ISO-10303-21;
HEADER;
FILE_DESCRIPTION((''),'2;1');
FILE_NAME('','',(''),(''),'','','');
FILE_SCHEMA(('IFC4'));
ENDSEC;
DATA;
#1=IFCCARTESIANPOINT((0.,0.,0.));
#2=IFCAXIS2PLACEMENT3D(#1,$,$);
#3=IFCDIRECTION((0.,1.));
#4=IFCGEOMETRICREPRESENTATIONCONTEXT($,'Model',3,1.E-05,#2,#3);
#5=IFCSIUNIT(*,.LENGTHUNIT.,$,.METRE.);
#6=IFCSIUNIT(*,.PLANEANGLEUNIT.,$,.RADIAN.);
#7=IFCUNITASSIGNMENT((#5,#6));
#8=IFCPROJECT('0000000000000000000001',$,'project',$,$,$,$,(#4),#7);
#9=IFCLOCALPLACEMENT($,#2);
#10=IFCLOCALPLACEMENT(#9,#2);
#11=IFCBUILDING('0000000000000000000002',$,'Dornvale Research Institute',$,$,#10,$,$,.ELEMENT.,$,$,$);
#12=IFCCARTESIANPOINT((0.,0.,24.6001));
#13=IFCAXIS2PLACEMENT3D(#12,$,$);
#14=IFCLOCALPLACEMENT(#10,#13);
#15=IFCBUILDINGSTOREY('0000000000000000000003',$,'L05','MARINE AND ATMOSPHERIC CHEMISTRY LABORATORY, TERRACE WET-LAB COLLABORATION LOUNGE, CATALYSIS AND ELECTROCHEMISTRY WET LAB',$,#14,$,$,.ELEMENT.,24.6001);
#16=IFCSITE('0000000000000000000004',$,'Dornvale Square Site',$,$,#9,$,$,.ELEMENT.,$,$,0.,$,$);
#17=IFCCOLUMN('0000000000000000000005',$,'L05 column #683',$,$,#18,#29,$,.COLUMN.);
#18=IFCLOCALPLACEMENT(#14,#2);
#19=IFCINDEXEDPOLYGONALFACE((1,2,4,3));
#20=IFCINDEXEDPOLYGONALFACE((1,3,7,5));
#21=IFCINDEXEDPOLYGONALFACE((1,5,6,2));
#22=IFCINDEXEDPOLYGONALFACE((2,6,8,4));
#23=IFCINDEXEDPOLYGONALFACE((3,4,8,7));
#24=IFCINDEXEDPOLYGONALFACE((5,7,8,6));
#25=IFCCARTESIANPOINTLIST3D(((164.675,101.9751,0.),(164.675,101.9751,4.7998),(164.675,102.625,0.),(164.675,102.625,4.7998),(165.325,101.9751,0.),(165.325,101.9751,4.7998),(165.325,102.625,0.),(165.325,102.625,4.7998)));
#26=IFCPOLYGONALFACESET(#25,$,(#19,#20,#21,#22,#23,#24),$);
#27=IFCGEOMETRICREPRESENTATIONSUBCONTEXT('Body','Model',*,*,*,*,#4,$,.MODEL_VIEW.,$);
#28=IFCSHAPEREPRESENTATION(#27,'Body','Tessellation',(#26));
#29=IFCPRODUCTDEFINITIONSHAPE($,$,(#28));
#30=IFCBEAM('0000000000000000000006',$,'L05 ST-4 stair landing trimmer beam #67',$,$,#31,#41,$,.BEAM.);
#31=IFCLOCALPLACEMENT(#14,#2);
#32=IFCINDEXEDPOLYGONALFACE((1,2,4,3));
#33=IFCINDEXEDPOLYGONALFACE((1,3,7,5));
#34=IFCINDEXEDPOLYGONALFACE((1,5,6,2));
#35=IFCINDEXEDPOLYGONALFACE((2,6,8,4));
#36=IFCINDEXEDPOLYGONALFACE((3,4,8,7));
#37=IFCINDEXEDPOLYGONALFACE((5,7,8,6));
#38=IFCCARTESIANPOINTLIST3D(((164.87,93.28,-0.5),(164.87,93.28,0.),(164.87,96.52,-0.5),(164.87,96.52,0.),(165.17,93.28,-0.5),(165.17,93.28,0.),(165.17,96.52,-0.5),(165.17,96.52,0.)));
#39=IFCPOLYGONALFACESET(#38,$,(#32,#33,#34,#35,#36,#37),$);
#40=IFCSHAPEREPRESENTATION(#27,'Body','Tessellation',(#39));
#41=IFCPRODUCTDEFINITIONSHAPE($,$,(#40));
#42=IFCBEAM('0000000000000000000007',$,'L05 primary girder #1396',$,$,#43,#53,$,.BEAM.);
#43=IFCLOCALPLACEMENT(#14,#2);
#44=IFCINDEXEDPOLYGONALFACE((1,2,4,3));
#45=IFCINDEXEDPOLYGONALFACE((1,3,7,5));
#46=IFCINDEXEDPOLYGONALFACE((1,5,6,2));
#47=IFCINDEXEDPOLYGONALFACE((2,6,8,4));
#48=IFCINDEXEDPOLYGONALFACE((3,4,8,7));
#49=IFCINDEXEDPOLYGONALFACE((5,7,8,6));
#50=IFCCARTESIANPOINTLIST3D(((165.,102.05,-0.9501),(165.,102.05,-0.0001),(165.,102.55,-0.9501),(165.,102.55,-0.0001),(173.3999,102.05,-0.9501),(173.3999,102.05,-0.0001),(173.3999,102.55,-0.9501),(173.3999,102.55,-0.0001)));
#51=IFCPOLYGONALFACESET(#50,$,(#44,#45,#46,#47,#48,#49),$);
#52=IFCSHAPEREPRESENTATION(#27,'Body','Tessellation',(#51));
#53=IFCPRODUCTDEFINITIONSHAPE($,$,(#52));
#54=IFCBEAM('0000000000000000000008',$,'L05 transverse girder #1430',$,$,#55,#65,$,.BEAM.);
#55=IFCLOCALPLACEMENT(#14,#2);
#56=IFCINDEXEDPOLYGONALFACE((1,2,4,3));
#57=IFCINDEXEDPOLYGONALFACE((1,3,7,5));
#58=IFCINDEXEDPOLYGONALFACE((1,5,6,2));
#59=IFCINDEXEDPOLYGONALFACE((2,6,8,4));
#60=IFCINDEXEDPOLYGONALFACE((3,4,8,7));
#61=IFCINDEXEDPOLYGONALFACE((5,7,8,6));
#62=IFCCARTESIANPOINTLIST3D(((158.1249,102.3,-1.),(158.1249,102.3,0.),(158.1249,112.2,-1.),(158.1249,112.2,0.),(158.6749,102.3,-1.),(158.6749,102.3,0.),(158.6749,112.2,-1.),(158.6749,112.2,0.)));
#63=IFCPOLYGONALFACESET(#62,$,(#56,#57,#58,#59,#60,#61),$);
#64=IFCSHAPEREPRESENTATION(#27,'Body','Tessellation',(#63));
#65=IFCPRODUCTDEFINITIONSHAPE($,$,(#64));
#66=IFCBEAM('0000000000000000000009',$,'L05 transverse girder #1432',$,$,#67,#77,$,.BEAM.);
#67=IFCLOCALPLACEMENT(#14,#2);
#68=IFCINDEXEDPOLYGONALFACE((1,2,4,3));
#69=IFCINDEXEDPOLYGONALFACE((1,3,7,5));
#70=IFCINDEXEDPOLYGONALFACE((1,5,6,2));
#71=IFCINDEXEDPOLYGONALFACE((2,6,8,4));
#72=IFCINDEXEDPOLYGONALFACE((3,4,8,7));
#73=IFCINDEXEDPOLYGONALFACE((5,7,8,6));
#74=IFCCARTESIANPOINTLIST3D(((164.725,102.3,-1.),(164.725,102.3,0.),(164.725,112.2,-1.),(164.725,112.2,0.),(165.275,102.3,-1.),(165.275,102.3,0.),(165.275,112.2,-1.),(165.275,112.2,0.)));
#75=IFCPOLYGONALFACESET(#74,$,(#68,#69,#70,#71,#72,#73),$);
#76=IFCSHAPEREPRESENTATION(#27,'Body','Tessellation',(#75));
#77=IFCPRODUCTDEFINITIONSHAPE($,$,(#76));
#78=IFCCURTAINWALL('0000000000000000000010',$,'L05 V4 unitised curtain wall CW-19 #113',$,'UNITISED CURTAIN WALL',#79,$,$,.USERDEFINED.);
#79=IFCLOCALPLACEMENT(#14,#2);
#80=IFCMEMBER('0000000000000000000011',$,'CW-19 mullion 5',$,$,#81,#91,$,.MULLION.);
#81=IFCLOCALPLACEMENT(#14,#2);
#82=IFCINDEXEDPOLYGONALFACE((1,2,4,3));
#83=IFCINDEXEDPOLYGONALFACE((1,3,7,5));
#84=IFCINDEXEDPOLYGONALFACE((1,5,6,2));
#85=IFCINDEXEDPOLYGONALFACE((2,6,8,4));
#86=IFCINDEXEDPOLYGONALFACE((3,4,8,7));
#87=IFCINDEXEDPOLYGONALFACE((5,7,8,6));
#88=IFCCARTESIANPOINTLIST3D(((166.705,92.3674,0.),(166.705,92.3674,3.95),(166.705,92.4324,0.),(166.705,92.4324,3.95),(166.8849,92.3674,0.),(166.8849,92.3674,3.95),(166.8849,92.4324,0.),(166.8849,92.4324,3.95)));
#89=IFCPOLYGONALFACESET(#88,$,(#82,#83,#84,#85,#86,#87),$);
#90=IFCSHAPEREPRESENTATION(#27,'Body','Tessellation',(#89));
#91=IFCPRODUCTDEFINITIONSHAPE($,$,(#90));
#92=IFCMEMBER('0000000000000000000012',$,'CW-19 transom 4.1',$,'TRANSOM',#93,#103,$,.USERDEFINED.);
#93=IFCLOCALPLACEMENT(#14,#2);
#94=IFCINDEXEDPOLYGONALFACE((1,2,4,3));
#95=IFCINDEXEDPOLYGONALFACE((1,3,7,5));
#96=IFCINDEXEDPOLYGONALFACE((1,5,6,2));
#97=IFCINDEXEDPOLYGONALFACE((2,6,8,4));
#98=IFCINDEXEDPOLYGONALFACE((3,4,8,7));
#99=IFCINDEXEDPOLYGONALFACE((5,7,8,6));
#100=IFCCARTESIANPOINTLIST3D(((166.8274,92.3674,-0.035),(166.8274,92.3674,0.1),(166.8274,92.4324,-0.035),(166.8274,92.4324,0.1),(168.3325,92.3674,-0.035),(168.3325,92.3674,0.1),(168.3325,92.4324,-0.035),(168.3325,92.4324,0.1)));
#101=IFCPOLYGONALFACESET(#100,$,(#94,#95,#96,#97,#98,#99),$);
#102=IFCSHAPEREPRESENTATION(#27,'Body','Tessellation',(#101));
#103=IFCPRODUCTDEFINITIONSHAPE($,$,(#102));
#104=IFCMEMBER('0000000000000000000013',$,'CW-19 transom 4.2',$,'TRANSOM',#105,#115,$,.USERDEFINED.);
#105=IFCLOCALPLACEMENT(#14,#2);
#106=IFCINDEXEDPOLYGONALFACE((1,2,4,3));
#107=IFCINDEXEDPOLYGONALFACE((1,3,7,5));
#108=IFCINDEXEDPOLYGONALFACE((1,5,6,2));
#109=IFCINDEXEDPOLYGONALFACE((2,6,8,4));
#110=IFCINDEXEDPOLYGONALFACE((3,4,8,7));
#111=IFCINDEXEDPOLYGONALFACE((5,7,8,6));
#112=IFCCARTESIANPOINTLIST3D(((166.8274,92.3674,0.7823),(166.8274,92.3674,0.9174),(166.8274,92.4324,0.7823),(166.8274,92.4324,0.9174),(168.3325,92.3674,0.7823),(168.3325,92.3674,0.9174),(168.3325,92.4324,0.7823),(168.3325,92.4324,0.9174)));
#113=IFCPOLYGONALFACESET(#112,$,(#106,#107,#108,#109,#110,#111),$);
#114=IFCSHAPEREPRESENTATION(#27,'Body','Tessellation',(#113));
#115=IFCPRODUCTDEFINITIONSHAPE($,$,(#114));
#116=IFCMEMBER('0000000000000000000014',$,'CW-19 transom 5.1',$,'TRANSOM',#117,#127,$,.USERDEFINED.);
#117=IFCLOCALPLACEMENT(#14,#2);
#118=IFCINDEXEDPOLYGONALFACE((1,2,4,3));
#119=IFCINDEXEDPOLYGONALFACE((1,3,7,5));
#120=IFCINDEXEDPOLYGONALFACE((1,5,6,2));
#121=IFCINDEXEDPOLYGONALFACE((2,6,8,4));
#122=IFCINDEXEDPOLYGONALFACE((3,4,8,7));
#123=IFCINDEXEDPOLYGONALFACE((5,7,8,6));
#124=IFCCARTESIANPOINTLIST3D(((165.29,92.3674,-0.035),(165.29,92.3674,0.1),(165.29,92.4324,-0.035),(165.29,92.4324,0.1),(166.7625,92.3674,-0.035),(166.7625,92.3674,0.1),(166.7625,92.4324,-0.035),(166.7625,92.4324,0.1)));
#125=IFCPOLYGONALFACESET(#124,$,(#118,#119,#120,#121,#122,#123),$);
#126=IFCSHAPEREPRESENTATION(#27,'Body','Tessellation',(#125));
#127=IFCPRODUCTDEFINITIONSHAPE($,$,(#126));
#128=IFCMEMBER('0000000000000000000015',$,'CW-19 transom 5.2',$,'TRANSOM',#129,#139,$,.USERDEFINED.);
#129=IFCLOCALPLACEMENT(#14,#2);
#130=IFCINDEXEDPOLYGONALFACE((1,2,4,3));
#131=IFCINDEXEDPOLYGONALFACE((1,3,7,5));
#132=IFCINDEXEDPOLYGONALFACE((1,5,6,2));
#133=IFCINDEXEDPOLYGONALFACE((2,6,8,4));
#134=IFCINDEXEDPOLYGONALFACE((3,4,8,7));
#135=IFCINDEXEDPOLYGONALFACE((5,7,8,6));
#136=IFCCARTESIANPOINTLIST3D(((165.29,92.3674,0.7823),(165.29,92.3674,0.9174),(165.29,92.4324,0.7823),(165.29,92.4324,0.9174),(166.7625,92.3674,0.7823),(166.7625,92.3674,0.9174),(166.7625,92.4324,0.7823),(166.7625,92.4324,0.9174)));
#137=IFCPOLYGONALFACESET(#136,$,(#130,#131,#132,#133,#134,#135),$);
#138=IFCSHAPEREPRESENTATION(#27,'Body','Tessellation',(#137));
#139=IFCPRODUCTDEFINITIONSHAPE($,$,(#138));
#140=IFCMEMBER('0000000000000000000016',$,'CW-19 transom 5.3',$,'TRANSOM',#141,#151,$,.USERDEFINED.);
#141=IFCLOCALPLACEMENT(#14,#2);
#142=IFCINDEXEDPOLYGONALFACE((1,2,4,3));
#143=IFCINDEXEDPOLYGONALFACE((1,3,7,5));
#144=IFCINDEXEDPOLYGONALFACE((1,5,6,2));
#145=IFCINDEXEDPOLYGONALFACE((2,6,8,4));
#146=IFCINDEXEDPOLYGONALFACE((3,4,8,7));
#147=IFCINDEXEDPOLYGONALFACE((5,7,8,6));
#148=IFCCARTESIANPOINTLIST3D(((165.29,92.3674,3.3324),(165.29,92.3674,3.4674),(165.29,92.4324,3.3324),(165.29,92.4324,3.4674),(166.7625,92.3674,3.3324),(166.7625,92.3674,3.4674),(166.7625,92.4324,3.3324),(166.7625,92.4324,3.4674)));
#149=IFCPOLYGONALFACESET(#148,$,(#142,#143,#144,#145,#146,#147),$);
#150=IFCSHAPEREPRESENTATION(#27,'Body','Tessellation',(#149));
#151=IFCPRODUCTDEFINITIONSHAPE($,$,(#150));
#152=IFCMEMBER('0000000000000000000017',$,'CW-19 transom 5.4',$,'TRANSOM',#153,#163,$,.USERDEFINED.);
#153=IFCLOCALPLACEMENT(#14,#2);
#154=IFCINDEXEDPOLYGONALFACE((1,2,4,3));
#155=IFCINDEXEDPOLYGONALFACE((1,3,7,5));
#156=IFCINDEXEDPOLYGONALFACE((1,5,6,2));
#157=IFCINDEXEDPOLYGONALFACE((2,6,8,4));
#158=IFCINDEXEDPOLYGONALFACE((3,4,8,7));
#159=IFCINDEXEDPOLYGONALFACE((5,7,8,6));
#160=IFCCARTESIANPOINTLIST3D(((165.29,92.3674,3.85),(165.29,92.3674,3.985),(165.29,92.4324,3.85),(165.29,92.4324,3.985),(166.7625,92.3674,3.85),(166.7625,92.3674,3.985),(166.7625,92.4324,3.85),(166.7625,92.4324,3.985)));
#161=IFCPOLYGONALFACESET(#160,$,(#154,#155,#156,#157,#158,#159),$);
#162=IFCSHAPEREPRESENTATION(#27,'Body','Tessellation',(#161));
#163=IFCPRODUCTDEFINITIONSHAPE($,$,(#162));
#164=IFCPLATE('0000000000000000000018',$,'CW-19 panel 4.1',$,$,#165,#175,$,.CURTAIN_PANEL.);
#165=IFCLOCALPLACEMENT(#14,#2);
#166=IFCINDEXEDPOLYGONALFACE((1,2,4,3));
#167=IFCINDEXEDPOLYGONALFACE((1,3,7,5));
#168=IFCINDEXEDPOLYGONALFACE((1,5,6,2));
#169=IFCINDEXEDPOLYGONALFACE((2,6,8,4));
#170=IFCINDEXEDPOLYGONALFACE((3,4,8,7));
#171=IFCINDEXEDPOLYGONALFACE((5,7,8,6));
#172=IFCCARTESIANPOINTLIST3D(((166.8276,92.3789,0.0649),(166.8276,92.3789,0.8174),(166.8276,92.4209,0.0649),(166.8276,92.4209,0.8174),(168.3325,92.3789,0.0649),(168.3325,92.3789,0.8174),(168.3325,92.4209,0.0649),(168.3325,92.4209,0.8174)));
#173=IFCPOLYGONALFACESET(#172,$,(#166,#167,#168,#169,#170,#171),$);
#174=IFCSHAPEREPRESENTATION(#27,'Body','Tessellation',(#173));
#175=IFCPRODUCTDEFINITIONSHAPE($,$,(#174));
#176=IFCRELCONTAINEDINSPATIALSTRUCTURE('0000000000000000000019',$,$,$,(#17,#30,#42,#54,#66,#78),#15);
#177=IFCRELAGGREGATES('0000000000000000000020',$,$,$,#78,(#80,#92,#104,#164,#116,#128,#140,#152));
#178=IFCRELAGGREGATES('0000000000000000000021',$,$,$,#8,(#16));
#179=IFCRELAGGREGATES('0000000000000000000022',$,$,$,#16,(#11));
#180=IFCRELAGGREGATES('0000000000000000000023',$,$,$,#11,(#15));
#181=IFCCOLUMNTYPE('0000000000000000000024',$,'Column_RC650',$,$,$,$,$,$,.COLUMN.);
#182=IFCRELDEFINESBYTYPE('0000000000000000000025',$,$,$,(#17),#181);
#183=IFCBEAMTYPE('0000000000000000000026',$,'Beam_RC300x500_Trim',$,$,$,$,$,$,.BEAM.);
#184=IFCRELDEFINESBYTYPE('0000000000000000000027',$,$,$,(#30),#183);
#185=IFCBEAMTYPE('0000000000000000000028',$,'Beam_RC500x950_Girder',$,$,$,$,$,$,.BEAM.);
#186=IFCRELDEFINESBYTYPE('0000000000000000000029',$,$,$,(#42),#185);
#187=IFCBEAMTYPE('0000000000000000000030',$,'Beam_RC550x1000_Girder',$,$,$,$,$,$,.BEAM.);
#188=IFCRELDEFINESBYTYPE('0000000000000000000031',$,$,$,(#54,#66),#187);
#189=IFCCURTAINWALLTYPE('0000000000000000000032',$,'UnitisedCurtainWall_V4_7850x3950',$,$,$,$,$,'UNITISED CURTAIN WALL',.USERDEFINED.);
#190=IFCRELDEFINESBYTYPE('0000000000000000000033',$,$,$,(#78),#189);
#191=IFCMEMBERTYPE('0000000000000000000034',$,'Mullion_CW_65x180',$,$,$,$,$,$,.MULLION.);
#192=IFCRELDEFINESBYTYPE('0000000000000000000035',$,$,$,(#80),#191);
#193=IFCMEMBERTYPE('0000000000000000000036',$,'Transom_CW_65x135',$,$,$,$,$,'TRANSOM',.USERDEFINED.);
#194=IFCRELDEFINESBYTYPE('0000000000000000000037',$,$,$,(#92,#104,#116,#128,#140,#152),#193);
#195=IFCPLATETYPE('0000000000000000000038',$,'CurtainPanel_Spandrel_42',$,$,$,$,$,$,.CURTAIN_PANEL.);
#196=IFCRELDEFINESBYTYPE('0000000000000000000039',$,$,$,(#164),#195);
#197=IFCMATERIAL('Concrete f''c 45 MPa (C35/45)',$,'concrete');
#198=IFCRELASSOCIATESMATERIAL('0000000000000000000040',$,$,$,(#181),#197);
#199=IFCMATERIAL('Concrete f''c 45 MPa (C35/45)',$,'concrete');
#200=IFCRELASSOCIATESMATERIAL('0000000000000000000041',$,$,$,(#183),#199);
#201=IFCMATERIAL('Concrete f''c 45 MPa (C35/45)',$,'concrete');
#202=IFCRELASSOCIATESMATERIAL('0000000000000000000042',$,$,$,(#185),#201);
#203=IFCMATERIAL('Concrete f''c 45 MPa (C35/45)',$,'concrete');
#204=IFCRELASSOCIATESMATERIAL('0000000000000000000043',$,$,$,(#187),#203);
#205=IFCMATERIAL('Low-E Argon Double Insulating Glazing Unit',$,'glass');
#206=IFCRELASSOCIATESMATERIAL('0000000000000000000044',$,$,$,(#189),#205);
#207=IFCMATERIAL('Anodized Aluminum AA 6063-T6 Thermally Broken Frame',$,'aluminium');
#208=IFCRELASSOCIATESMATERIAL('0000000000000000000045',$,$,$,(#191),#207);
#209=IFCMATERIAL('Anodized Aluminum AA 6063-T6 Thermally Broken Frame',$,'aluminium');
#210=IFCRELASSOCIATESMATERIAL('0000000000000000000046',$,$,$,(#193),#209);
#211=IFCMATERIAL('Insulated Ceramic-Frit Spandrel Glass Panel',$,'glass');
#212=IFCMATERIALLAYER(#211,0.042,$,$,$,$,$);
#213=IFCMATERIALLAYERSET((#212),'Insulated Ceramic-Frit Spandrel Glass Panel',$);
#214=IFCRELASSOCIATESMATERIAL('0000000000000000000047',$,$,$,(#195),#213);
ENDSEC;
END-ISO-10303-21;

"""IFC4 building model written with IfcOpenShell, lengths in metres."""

from ifc_helpers import new_model, si_unit, direction, frame, origin, origin_2d, place, context, subcontext, project, spatial, rectangle, extrude, material, layer, layer_set, material_profile, profile_set, type_object, element, aggregate, save


model = new_model("IFC4")

# Units and contexts
model_context = context("Model", 3, precision=1e-05, world=origin(), true_north=direction((0.0, 1.0)))
body_context = subcontext(model_context, "Body", "Model", "MODEL_VIEW")
ifc_project = project(units=[si_unit("LENGTHUNIT", "METRE"), si_unit("PLANEANGLEUNIT", "RADIAN")], contexts=[model_context])

# Site, building, storey
site_placement = place(None, origin())
site = spatial("IfcSite", under=ifc_project, at=site_placement, Name="Dornvale Square Site", CompositionType="ELEMENT", RefElevation=0.0)
building_placement = place(site_placement, origin())
building = spatial("IfcBuilding", under=site, at=building_placement, Name="Dornvale Research Institute", CompositionType="ELEMENT")
storey_placement = place(building_placement, frame((0.0, 0.0, 24.6001)))
storey = spatial("IfcBuildingStorey", under=building, at=storey_placement, Name="L05", Description="MARINE AND ATMOSPHERIC CHEMISTRY LABORATORY, TERRACE WET-LAB COLLABORATION LOUNGE, CATALYSIS AND ELECTROCHEMISTRY WET LAB", CompositionType="ELEMENT", Elevation=24.6001)

# Column
ifc_material_1 = material(Name="Concrete f'c 45 MPa (C35/45)", Category="concrete")
ifc_material_profile_1 = material_profile(ifc_material_1, rectangle(XDim=0.6499, YDim=0.6499, at=origin_2d()), Name="RC 650x650")
ifc_profile_set_1 = profile_set([ifc_material_profile_1], Name="Concrete f'c 45 MPa (C35/45)")
column_type = type_object("IfcColumnType", Name="Column_RC650", PredefinedType="COLUMN", material=ifc_profile_set_1)
column_placement = place(storey_placement, frame((165.0, 102.3, 0.0), z_axis=(0.0, 0.0, 1.0), x_axis=(1.0, 0.0, 0.0)))
element("IfcColumn", 1, at=column_placement, inside=storey, type_object=column_type, Name="L05 column #683", PredefinedType="COLUMN", context=body_context, shape_type="SweptSolid", body=[
    extrude(rectangle(XDim=0.6499, YDim=0.6499, at=origin_2d()), origin(), (0.0, 0.0, 1.0), 4.7998),
])

# Beams
ifc_material_2 = material(Name="Concrete f'c 45 MPa (C35/45)", Category="concrete")
ifc_material_profile_2 = material_profile(ifc_material_2, rectangle(XDim=0.3, YDim=0.5, at=origin_2d()), Name="RC 300x500")
ifc_profile_set_2 = profile_set([ifc_material_profile_2], Name="Concrete f'c 45 MPa (C35/45)")
beam_type_1 = type_object("IfcBeamType", Name="Beam_RC300x500_Trim", PredefinedType="BEAM", material=ifc_profile_set_2)
beam_1_placement = place(storey_placement, frame((165.02, 93.28, -0.25), z_axis=(0.0, 1.0, 0.0), x_axis=(-1.0, 0.0, 0.0)))
element("IfcBeam", 2, at=beam_1_placement, inside=storey, type_object=beam_type_1, Name="L05 ST-4 stair landing trimmer beam #67", PredefinedType="BEAM", context=body_context, shape_type="SweptSolid", body=[
    extrude(rectangle(XDim=0.3, YDim=0.5, at=origin_2d()), origin(), (0.0, 0.0, 1.0), 3.24),
])
ifc_material_3 = material(Name="Concrete f'c 45 MPa (C35/45)", Category="concrete")
ifc_material_profile_3 = material_profile(ifc_material_3, rectangle(XDim=0.5, YDim=0.95, at=origin_2d()), Name="RC 500x950")
ifc_profile_set_3 = profile_set([ifc_material_profile_3], Name="Concrete f'c 45 MPa (C35/45)")
beam_type_2 = type_object("IfcBeamType", Name="Beam_RC500x950_Girder", PredefinedType="BEAM", material=ifc_profile_set_3)
beam_2_placement = place(storey_placement, frame((165.0, 102.3, -0.4751), z_axis=(1.0, 0.0, 0.0), x_axis=(0.0, 1.0, 0.0)))
element("IfcBeam", 3, at=beam_2_placement, inside=storey, type_object=beam_type_2, Name="L05 primary girder #1396", PredefinedType="BEAM", context=body_context, shape_type="SweptSolid", body=[
    extrude(rectangle(XDim=0.5, YDim=0.95, at=origin_2d()), origin(), (0.0, 0.0, 1.0), 8.3999),
])
ifc_material_4 = material(Name="Concrete f'c 45 MPa (C35/45)", Category="concrete")
ifc_material_profile_4 = material_profile(ifc_material_4, rectangle(XDim=0.55, YDim=1.0, at=origin_2d()), Name="RC 550x1000")
ifc_profile_set_4 = profile_set([ifc_material_profile_4], Name="Concrete f'c 45 MPa (C35/45)")
beam_type_3 = type_object("IfcBeamType", Name="Beam_RC550x1000_Girder", PredefinedType="BEAM", material=ifc_profile_set_4)
for number, where, z_axis, x_axis, name in (
    (4, (158.3999, 102.3, -0.5), (0.0, 1.0, 0.0), (-1.0, 0.0, 0.0), "L05 transverse girder #1430"),
    (5, (165.0, 102.3, -0.5), (0.0, 1.0, 0.0), (-1.0, 0.0, 0.0), "L05 transverse girder #1432"),
):
    element("IfcBeam", number, at=place(storey_placement, frame(where, z_axis=z_axis, x_axis=x_axis)), inside=storey, type_object=beam_type_3, Name=name, PredefinedType="BEAM", context=body_context, shape_type="SweptSolid", body=[
        extrude(rectangle(XDim=0.55, YDim=1.0, at=origin_2d()), origin(), (0.0, 0.0, 1.0), 9.8999),
    ])

# Curtain wall, members, plate
ifc_material_5 = material(Name="Low-E Argon Double Insulating Glazing Unit", Category="glass")
curtain_wall_type = type_object("IfcCurtainWallType", Name="UnitisedCurtainWall_V4_7850x3950", ElementType="UNITISED CURTAIN WALL", PredefinedType="USERDEFINED", material=ifc_material_5)
curtain_wall_placement = place(storey_placement, origin())
curtain_wall = element("IfcCurtainWall", 6, at=curtain_wall_placement, inside=storey, type_object=curtain_wall_type, Name="L05 V4 unitised curtain wall CW-19 #113", ObjectType="UNITISED CURTAIN WALL", PredefinedType="USERDEFINED")
ifc_material_6 = material(Name="Anodized Aluminum AA 6063-T6 Thermally Broken Frame", Category="aluminium")
ifc_material_profile_5 = material_profile(ifc_material_6, rectangle(XDim=0.0649, YDim=0.1799, at=origin_2d()), Name="ALU MULLION 65x180")
ifc_profile_set_5 = profile_set([ifc_material_profile_5], Name="Anodized Aluminum AA 6063-T6 Thermally Broken Frame")
member_type_1 = type_object("IfcMemberType", Name="Mullion_CW_65x180", PredefinedType="MULLION", material=ifc_profile_set_5)
member_1_placement = place(storey_placement, frame((166.7949, 92.3999, 0.0), z_axis=(0.0, 0.0, 1.0), x_axis=(0.0, -1.0, 0.0)))
member_1 = element("IfcMember", 7, at=member_1_placement, type_object=member_type_1, Name="CW-19 mullion 5", PredefinedType="MULLION", context=body_context, shape_type="SweptSolid", body=[
    extrude(rectangle(XDim=0.0649, YDim=0.1799, at=origin_2d()), origin(), (0.0, 0.0, 1.0), 3.95),
])
ifc_material_7 = material(Name="Anodized Aluminum AA 6063-T6 Thermally Broken Frame", Category="aluminium")
ifc_material_profile_6 = material_profile(ifc_material_7, rectangle(XDim=0.0649, YDim=0.135, at=origin_2d()), Name="ALU TRANSOM 65x135")
ifc_profile_set_6 = profile_set([ifc_material_profile_6], Name="Anodized Aluminum AA 6063-T6 Thermally Broken Frame")
member_type_2 = type_object("IfcMemberType", Name="Transom_CW_65x135", ElementType="TRANSOM", PredefinedType="USERDEFINED", material=ifc_profile_set_6)
member_2_placement = place(storey_placement, frame((168.3325, 92.3999, 0.0325), z_axis=(-1.0, 0.0, 0.0), x_axis=(0.0, -1.0, 0.0)))
member_2 = element("IfcMember", 8, at=member_2_placement, type_object=member_type_2, Name="CW-19 transom 4.1", ObjectType="TRANSOM", PredefinedType="USERDEFINED", context=body_context, shape_type="SweptSolid", body=[
    extrude(rectangle(XDim=0.0649, YDim=0.135, at=origin_2d()), origin(), (0.0, 0.0, 1.0), 1.5051),
])
member_3_placement = place(storey_placement, frame((168.3325, 92.3999, 0.8499), z_axis=(-1.0, 0.0, 0.0), x_axis=(0.0, -1.0, 0.0)))
member_3 = element("IfcMember", 9, at=member_3_placement, type_object=member_type_2, Name="CW-19 transom 4.2", ObjectType="TRANSOM", PredefinedType="USERDEFINED", context=body_context, shape_type="SweptSolid", body=[
    extrude(rectangle(XDim=0.0649, YDim=0.135, at=origin_2d()), origin(), (0.0, 0.0, 1.0), 1.5051),
])
member_4_placement = place(storey_placement, frame((166.7625, 92.3999, 0.0325), z_axis=(-1.0, 0.0, 0.0), x_axis=(0.0, -1.0, 0.0)))
member_4 = element("IfcMember", 10, at=member_4_placement, type_object=member_type_2, Name="CW-19 transom 5.1", ObjectType="TRANSOM", PredefinedType="USERDEFINED", context=body_context, shape_type="SweptSolid", body=[
    extrude(rectangle(XDim=0.0649, YDim=0.135, at=origin_2d()), origin(), (0.0, 0.0, 1.0), 1.4724),
])
member_5_placement = place(storey_placement, frame((166.7625, 92.3999, 0.8499), z_axis=(-1.0, 0.0, 0.0), x_axis=(0.0, -1.0, 0.0)))
member_5 = element("IfcMember", 11, at=member_5_placement, type_object=member_type_2, Name="CW-19 transom 5.2", ObjectType="TRANSOM", PredefinedType="USERDEFINED", context=body_context, shape_type="SweptSolid", body=[
    extrude(rectangle(XDim=0.0649, YDim=0.135, at=origin_2d()), origin(), (0.0, 0.0, 1.0), 1.4724),
])
member_6_placement = place(storey_placement, frame((166.7625, 92.3999, 3.3999), z_axis=(-1.0, 0.0, 0.0), x_axis=(0.0, -1.0, 0.0)))
member_6 = element("IfcMember", 12, at=member_6_placement, type_object=member_type_2, Name="CW-19 transom 5.3", ObjectType="TRANSOM", PredefinedType="USERDEFINED", context=body_context, shape_type="SweptSolid", body=[
    extrude(rectangle(XDim=0.0649, YDim=0.135, at=origin_2d()), origin(), (0.0, 0.0, 1.0), 1.4724),
])
member_7_placement = place(storey_placement, frame((166.7625, 92.3999, 3.9175), z_axis=(-1.0, 0.0, 0.0), x_axis=(0.0, -1.0, 0.0)))
member_7 = element("IfcMember", 13, at=member_7_placement, type_object=member_type_2, Name="CW-19 transom 5.4", ObjectType="TRANSOM", PredefinedType="USERDEFINED", context=body_context, shape_type="SweptSolid", body=[
    extrude(rectangle(XDim=0.0649, YDim=0.135, at=origin_2d()), origin(), (0.0, 0.0, 1.0), 1.4724),
])
ifc_material_8 = material(Name="Insulated Ceramic-Frit Spandrel Glass Panel", Category="glass")
ifc_layer_1 = layer(ifc_material_8, 0.042)
ifc_layer_set_1 = layer_set([ifc_layer_1], Name="Insulated Ceramic-Frit Spandrel Glass Panel")
plate_type_1 = type_object("IfcPlateType", Name="CurtainPanel_Spandrel_42", PredefinedType="CURTAIN_PANEL", material=ifc_layer_set_1)
plate_1_placement = place(storey_placement, frame((167.5801, 92.3999, 0.0649), z_axis=(0.0, 0.0, 1.0), x_axis=(-1.0, 0.0, 0.0)))
plate_1 = element("IfcPlate", 14, at=plate_1_placement, type_object=plate_type_1, Name="CW-19 panel 4.1", PredefinedType="CURTAIN_PANEL", context=body_context, shape_type="SweptSolid", body=[
    extrude(rectangle(XDim=1.5049, YDim=0.042, at=origin_2d()), origin(), (0.0, 0.0, 1.0), 0.7524),
])
aggregate(curtain_wall, [member_1, member_2, member_3, plate_1, member_4, member_5, member_6, member_7])

save(model, "model.ifc")
